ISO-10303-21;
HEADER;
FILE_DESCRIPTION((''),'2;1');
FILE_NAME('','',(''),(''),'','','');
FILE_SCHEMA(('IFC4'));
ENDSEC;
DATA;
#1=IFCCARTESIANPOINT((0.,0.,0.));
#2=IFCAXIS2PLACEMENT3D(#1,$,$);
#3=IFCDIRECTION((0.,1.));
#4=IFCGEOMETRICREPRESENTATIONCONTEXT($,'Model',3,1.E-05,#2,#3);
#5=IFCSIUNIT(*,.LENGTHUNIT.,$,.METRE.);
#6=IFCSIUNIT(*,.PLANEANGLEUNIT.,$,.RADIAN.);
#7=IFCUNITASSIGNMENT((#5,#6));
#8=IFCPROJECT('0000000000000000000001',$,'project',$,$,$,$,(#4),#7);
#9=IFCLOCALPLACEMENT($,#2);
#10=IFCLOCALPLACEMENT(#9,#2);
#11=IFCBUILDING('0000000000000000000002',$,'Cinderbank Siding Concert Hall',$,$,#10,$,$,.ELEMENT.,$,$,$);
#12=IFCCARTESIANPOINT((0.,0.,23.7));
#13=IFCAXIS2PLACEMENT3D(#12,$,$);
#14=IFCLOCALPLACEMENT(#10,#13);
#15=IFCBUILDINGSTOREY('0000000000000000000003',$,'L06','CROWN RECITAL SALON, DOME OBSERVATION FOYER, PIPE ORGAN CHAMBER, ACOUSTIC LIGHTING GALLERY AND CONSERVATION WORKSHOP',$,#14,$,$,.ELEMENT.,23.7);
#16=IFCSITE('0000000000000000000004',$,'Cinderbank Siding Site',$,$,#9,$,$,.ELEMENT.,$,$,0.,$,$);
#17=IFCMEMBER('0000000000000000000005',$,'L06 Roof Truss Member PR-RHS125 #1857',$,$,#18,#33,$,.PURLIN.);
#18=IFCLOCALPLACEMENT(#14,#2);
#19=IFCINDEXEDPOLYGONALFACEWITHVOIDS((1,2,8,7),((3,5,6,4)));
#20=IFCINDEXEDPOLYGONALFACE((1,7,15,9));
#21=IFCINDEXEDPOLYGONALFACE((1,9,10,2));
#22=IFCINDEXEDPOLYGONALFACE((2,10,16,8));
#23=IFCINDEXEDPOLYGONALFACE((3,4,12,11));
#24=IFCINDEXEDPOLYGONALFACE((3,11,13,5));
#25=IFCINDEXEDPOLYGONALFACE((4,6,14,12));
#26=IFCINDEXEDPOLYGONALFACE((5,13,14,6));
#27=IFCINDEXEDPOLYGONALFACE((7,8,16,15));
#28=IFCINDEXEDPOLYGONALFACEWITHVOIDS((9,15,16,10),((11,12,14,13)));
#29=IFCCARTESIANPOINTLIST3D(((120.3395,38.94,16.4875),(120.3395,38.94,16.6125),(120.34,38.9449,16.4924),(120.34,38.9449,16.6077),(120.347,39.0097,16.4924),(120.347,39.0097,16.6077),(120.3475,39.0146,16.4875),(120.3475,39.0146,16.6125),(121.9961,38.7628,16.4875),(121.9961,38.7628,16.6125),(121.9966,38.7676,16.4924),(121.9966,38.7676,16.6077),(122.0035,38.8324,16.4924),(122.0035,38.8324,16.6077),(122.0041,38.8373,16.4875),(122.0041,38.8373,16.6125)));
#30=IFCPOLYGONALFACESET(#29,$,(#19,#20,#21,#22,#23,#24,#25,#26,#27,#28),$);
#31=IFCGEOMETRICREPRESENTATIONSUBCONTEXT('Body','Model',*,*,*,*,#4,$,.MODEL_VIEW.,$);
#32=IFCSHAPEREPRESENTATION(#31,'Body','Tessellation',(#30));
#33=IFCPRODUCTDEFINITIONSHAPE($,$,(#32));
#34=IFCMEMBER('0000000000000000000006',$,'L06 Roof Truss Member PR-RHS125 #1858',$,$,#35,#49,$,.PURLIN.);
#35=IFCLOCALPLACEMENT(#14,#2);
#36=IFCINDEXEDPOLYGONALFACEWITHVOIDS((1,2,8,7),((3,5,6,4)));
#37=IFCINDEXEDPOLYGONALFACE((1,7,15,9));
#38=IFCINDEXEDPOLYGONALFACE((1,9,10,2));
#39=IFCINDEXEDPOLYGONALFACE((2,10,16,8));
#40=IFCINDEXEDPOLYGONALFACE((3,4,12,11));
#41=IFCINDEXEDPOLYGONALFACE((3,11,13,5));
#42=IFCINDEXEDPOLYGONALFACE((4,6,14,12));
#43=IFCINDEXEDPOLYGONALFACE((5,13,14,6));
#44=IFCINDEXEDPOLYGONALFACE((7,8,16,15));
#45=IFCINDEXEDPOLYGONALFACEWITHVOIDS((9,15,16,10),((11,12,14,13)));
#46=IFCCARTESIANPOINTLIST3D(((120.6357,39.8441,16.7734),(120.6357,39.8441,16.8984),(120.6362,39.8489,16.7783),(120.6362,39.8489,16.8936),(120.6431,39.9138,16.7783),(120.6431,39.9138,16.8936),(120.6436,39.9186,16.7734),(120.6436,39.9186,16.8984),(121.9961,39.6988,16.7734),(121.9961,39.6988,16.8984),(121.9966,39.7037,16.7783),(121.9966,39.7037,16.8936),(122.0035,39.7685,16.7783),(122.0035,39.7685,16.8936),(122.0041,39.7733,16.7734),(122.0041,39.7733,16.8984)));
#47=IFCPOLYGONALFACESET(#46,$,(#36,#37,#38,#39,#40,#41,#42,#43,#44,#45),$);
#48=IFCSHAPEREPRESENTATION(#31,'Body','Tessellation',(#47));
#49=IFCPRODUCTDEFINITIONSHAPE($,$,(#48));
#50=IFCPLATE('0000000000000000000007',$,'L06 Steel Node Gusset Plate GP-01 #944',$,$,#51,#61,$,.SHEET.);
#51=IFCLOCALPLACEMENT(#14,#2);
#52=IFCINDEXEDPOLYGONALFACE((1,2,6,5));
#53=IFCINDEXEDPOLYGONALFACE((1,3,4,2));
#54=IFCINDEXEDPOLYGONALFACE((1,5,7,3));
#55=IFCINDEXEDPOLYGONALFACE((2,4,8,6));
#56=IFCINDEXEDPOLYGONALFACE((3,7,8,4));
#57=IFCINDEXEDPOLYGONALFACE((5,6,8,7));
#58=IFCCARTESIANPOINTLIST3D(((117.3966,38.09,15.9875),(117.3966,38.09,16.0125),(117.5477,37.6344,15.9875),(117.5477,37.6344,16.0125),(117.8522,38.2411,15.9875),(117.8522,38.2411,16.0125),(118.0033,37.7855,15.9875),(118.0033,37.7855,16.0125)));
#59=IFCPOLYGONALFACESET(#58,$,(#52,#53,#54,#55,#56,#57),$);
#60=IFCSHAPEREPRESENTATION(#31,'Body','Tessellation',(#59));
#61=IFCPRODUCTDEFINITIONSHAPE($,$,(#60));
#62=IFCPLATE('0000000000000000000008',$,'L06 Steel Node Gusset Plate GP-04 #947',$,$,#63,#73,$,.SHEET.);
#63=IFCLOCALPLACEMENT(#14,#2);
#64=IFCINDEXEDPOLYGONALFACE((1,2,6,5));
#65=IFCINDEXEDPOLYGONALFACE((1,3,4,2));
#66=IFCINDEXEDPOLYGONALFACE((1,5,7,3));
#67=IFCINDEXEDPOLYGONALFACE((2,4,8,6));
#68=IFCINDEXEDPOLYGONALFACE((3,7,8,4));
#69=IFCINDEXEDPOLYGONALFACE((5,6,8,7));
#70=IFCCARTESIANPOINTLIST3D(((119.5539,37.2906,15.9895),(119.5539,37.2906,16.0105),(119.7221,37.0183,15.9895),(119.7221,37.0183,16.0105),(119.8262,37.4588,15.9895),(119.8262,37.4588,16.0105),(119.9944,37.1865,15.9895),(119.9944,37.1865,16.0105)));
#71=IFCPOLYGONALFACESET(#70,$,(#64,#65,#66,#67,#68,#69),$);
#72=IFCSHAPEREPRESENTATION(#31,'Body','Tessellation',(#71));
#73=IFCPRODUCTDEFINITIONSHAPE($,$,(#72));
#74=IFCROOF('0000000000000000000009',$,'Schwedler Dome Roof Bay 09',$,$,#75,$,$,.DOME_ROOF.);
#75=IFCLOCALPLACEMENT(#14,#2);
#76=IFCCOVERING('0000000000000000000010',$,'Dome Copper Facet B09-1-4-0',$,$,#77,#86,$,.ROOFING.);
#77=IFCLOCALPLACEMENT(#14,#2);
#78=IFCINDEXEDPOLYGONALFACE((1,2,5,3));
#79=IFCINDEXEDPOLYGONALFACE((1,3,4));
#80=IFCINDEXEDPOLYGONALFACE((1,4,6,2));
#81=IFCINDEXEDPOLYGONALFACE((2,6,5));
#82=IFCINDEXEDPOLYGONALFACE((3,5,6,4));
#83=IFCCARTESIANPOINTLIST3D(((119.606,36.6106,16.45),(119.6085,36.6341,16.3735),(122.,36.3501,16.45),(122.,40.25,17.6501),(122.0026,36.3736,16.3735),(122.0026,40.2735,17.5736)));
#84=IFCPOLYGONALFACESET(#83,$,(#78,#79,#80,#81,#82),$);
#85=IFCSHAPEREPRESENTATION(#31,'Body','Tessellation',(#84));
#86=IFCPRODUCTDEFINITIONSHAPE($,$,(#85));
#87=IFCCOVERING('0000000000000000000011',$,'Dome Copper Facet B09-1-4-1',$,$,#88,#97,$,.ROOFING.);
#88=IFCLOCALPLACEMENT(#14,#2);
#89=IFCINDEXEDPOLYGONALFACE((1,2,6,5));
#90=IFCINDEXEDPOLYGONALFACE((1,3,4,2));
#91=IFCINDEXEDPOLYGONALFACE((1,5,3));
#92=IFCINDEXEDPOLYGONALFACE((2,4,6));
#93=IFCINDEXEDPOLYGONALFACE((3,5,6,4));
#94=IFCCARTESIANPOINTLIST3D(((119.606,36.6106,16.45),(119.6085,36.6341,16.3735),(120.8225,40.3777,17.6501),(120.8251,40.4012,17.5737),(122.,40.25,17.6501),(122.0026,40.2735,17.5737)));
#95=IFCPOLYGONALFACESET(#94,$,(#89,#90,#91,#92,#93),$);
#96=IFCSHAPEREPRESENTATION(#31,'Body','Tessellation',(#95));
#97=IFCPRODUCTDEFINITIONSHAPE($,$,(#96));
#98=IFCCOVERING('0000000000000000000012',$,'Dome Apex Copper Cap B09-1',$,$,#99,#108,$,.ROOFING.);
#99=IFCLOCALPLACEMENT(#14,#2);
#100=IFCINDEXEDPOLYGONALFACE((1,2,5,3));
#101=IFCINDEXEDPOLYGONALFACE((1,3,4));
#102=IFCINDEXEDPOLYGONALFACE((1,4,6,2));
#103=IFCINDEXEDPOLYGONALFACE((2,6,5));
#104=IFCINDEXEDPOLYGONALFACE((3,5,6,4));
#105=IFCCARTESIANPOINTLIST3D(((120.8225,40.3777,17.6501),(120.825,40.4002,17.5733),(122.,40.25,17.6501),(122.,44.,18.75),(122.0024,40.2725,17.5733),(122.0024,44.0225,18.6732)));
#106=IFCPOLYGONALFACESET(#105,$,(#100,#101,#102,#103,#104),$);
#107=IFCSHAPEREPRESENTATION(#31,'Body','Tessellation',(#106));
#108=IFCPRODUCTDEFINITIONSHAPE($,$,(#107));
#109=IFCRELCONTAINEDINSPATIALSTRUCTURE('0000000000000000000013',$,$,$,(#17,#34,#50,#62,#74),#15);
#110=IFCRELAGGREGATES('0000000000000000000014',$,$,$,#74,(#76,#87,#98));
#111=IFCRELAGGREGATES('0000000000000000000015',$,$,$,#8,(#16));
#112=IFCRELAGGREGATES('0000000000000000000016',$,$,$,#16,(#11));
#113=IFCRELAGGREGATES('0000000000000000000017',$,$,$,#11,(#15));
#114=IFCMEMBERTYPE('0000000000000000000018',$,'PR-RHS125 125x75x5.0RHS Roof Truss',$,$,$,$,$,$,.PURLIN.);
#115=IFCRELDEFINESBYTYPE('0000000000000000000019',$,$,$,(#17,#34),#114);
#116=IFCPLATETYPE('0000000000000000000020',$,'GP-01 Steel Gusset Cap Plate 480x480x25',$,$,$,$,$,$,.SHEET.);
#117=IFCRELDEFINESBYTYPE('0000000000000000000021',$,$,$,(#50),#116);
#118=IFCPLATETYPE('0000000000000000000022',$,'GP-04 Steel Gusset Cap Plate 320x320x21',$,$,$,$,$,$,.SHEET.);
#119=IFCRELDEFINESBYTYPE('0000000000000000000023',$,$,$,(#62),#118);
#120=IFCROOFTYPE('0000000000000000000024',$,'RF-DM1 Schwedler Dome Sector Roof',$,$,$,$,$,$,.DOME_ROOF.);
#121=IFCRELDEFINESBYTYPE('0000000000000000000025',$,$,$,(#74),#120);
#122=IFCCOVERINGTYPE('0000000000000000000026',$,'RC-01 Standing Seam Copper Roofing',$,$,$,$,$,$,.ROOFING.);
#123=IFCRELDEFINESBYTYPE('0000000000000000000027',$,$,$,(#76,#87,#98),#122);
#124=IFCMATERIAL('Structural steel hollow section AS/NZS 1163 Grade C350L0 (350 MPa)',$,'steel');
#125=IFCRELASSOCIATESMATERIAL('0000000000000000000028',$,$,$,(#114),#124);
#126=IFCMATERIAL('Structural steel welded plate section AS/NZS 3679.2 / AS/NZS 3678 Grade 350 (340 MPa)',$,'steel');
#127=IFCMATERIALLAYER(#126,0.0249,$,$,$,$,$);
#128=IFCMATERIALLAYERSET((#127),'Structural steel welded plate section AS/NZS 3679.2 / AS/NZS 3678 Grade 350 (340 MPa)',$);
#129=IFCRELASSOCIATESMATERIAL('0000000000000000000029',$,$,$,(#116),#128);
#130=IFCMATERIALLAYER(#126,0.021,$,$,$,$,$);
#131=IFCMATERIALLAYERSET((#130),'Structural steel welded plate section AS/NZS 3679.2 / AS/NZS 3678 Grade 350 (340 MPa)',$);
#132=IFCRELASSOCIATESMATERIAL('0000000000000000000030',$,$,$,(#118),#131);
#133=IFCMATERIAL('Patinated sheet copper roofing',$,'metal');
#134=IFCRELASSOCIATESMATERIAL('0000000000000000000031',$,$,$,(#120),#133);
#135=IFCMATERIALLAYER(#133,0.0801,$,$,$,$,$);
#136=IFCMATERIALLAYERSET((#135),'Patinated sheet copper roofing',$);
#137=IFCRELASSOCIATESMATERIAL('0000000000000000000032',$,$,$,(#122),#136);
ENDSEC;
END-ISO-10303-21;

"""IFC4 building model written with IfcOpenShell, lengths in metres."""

from ifc_helpers import new_model, si_unit, direction, frame, origin, origin_2d, place, context, subcontext, project, spatial, polyline, rectangle, hollow_rectangle, outline, extrude, material, layer, layer_set, material_profile, profile_set, type_object, element, aggregate, save


model = new_model("IFC4")

# Units and contexts
model_context = context("Model", 3, precision=1e-05, world=origin(), true_north=direction((0.0, 1.0)))
body_context = subcontext(model_context, "Body", "Model", "MODEL_VIEW")
ifc_project = project(units=[si_unit("LENGTHUNIT", "METRE"), si_unit("PLANEANGLEUNIT", "RADIAN")], contexts=[model_context])

# Site, building, storey
site_placement = place(None, origin())
site = spatial("IfcSite", under=ifc_project, at=site_placement, Name="Cinderbank Siding Site", CompositionType="ELEMENT", RefElevation=0.0)
building_placement = place(site_placement, origin())
building = spatial("IfcBuilding", under=site, at=building_placement, Name="Cinderbank Siding Concert Hall", CompositionType="ELEMENT")
storey_placement = place(building_placement, frame((0.0, 0.0, 23.7)))
storey = spatial("IfcBuildingStorey", under=building, at=storey_placement, Name="L06", Description="CROWN RECITAL SALON, DOME OBSERVATION FOYER, PIPE ORGAN CHAMBER, ACOUSTIC LIGHTING GALLERY AND CONSERVATION WORKSHOP", CompositionType="ELEMENT", Elevation=23.7)

# Members
ifc_material_1 = material(Name="Structural steel hollow section AS/NZS 1163 Grade C350L0 (350 MPa)", Category="steel")
ifc_material_profile_1 = material_profile(ifc_material_1, hollow_rectangle(XDim=0.075, YDim=0.125, WallThickness=0.0049, at=origin_2d()), Name="125x75x5.0RHS", Category="LoadBearing")
ifc_profile_set_1 = profile_set([ifc_material_profile_1], Name="Structural steel hollow section AS/NZS 1163 Grade C350L0 (350 MPa)")
member_type_1 = type_object("IfcMemberType", Name="PR-RHS125 125x75x5.0RHS Roof Truss", PredefinedType="PURLIN", material=ifc_profile_set_1)
member_1_placement = place(storey_placement, frame((120.3435, 38.9773, 16.55), z_axis=(0.994324, -0.106393, 0.0), x_axis=(0.106393, 0.994324, 0.0)))
element("IfcMember", 1, at=member_1_placement, inside=storey, type_object=member_type_1, Name="L06 Roof Truss Member PR-RHS125 #1857", PredefinedType="PURLIN", context=body_context, shape_type="SweptSolid", body=[
    extrude(hollow_rectangle(XDim=0.075, YDim=0.125, WallThickness=0.0049, at=origin_2d()), origin(), (0.0, 0.0, 1.0), 1.666),
])
member_2_placement = place(storey_placement, frame((120.6396, 39.8813, 16.8359), z_axis=(0.994347, -0.10618, 0.0), x_axis=(0.10618, 0.994347, 0.0)))
element("IfcMember", 2, at=member_2_placement, inside=storey, type_object=member_type_1, Name="L06 Roof Truss Member PR-RHS125 #1858", PredefinedType="PURLIN", context=body_context, shape_type="SweptSolid", body=[
    extrude(hollow_rectangle(XDim=0.075, YDim=0.125, WallThickness=0.0049, at=origin_2d()), origin(), (0.0, 0.0, 1.0), 1.3682),
])

# Plates
ifc_material_2 = material(Name="Structural steel welded plate section AS/NZS 3679.2 / AS/NZS 3678 Grade 350 (340 MPa)", Category="steel")
ifc_layer_1 = layer(ifc_material_2, 0.0249)
ifc_layer_set_1 = layer_set([ifc_layer_1], Name="Structural steel welded plate section AS/NZS 3679.2 / AS/NZS 3678 Grade 350 (340 MPa)")
plate_type_1 = type_object("IfcPlateType", Name="GP-01 Steel Gusset Cap Plate 480x480x25", PredefinedType="SHEET", material=ifc_layer_set_1)
plate_1_placement = place(storey_placement, frame((117.7, 37.9377, 15.9875), z_axis=(0.0, 0.0, 1.0), x_axis=(0.949206, 0.314655, 0.0)))
element("IfcPlate", 3, at=plate_1_placement, inside=storey, type_object=plate_type_1, Name="L06 Steel Node Gusset Plate GP-01 #944", PredefinedType="SHEET", context=body_context, shape_type="SweptSolid", body=[
    extrude(rectangle(XDim=0.48, YDim=0.48, at=origin_2d()), origin(), (0.0, 0.0, 1.0), 0.0249),
])
ifc_layer_2 = layer(ifc_material_2, 0.021)
ifc_layer_set_2 = layer_set([ifc_layer_2], Name="Structural steel welded plate section AS/NZS 3679.2 / AS/NZS 3678 Grade 350 (340 MPa)")
plate_type_2 = type_object("IfcPlateType", Name="GP-04 Steel Gusset Cap Plate 320x320x21", PredefinedType="SHEET", material=ifc_layer_set_2)
plate_2_placement = place(storey_placement, frame((119.7742, 37.2385, 15.9895), z_axis=(0.0, 0.0, 1.0), x_axis=(0.850719, 0.52562, 0.0)))
element("IfcPlate", 4, at=plate_2_placement, inside=storey, type_object=plate_type_2, Name="L06 Steel Node Gusset Plate GP-04 #947", PredefinedType="SHEET", context=body_context, shape_type="SweptSolid", body=[
    extrude(rectangle(XDim=0.3201, YDim=0.3201, at=origin_2d()), origin(), (0.0, 0.0, 1.0), 0.021),
])

# Roof, coverings
ifc_material_3 = material(Name="Patinated sheet copper roofing", Category="metal")
roof_type = type_object("IfcRoofType", Name="RF-DM1 Schwedler Dome Sector Roof", PredefinedType="DOME_ROOF", material=ifc_material_3)
roof_placement = place(storey_placement, origin())
roof = element("IfcRoof", 5, at=roof_placement, inside=storey, type_object=roof_type, Name="Schwedler Dome Roof Bay 09", PredefinedType="DOME_ROOF")
ifc_layer_3 = layer(ifc_material_3, 0.0801)
ifc_layer_set_3 = layer_set([ifc_layer_3], Name="Patinated sheet copper roofing")
covering_type = type_object("IfcCoveringType", Name="RC-01 Standing Seam Copper Roofing", PredefinedType="ROOFING", material=ifc_layer_set_3)
covering_1_placement = place(storey_placement, frame((119.606, 36.6106, 16.45), z_axis=(-0.031989, -0.293986, 0.955274), x_axis=(0.994132, -0.108172, 0.0)))
covering_1 = element("IfcCovering", 6, at=covering_1_placement, type_object=covering_type, Name="Dome Copper Facet B09-1-4-0", PredefinedType="ROOFING", context=body_context, shape_type="SweptSolid", body=[
    extrude(outline(polyline([(0.0, 0.0), (2.4082, 0.0), (1.9863, 4.0585), (0.0, 0.0)])), origin(), (0.0, 0.0, -1.0), 0.0801),
])
covering_2_placement = place(storey_placement, frame((119.606, 36.6106, 16.45), z_axis=(-0.031886, -0.294048, 0.955259), x_axis=(0.529827, 0.805439, 0.265616)))
covering_2 = element("IfcCovering", 7, at=covering_2_placement, type_object=covering_type, Name="Dome Copper Facet B09-1-4-1", PredefinedType="ROOFING", context=body_context, shape_type="SweptSolid", body=[
    extrude(outline(polyline([(0.0, 0.0), (4.5185, 0.0), (3.9975, 1.0636), (0.0, 0.0)])), origin(), (0.0, 0.0, -1.0), 0.0801),
])
covering_3_placement = place(storey_placement, frame((120.8225, 40.3777, 17.6501), z_axis=(-0.030505, -0.281308, 0.959133), x_axis=(0.994172, -0.107807, 0.0)))
covering_3 = element("IfcCovering", 8, at=covering_3_placement, type_object=covering_type, Name="Dome Apex Copper Cap B09-1", PredefinedType="ROOFING", context=body_context, shape_type="SweptSolid", body=[
    extrude(outline(polyline([(0.0, 0.0), (1.1844, 0.0), (0.7801, 3.887), (0.0, 0.0)])), origin(), (0.0, 0.0, -1.0), 0.0801),
])
aggregate(roof, [covering_1, covering_2, covering_3])

save(model, "model.ifc")
